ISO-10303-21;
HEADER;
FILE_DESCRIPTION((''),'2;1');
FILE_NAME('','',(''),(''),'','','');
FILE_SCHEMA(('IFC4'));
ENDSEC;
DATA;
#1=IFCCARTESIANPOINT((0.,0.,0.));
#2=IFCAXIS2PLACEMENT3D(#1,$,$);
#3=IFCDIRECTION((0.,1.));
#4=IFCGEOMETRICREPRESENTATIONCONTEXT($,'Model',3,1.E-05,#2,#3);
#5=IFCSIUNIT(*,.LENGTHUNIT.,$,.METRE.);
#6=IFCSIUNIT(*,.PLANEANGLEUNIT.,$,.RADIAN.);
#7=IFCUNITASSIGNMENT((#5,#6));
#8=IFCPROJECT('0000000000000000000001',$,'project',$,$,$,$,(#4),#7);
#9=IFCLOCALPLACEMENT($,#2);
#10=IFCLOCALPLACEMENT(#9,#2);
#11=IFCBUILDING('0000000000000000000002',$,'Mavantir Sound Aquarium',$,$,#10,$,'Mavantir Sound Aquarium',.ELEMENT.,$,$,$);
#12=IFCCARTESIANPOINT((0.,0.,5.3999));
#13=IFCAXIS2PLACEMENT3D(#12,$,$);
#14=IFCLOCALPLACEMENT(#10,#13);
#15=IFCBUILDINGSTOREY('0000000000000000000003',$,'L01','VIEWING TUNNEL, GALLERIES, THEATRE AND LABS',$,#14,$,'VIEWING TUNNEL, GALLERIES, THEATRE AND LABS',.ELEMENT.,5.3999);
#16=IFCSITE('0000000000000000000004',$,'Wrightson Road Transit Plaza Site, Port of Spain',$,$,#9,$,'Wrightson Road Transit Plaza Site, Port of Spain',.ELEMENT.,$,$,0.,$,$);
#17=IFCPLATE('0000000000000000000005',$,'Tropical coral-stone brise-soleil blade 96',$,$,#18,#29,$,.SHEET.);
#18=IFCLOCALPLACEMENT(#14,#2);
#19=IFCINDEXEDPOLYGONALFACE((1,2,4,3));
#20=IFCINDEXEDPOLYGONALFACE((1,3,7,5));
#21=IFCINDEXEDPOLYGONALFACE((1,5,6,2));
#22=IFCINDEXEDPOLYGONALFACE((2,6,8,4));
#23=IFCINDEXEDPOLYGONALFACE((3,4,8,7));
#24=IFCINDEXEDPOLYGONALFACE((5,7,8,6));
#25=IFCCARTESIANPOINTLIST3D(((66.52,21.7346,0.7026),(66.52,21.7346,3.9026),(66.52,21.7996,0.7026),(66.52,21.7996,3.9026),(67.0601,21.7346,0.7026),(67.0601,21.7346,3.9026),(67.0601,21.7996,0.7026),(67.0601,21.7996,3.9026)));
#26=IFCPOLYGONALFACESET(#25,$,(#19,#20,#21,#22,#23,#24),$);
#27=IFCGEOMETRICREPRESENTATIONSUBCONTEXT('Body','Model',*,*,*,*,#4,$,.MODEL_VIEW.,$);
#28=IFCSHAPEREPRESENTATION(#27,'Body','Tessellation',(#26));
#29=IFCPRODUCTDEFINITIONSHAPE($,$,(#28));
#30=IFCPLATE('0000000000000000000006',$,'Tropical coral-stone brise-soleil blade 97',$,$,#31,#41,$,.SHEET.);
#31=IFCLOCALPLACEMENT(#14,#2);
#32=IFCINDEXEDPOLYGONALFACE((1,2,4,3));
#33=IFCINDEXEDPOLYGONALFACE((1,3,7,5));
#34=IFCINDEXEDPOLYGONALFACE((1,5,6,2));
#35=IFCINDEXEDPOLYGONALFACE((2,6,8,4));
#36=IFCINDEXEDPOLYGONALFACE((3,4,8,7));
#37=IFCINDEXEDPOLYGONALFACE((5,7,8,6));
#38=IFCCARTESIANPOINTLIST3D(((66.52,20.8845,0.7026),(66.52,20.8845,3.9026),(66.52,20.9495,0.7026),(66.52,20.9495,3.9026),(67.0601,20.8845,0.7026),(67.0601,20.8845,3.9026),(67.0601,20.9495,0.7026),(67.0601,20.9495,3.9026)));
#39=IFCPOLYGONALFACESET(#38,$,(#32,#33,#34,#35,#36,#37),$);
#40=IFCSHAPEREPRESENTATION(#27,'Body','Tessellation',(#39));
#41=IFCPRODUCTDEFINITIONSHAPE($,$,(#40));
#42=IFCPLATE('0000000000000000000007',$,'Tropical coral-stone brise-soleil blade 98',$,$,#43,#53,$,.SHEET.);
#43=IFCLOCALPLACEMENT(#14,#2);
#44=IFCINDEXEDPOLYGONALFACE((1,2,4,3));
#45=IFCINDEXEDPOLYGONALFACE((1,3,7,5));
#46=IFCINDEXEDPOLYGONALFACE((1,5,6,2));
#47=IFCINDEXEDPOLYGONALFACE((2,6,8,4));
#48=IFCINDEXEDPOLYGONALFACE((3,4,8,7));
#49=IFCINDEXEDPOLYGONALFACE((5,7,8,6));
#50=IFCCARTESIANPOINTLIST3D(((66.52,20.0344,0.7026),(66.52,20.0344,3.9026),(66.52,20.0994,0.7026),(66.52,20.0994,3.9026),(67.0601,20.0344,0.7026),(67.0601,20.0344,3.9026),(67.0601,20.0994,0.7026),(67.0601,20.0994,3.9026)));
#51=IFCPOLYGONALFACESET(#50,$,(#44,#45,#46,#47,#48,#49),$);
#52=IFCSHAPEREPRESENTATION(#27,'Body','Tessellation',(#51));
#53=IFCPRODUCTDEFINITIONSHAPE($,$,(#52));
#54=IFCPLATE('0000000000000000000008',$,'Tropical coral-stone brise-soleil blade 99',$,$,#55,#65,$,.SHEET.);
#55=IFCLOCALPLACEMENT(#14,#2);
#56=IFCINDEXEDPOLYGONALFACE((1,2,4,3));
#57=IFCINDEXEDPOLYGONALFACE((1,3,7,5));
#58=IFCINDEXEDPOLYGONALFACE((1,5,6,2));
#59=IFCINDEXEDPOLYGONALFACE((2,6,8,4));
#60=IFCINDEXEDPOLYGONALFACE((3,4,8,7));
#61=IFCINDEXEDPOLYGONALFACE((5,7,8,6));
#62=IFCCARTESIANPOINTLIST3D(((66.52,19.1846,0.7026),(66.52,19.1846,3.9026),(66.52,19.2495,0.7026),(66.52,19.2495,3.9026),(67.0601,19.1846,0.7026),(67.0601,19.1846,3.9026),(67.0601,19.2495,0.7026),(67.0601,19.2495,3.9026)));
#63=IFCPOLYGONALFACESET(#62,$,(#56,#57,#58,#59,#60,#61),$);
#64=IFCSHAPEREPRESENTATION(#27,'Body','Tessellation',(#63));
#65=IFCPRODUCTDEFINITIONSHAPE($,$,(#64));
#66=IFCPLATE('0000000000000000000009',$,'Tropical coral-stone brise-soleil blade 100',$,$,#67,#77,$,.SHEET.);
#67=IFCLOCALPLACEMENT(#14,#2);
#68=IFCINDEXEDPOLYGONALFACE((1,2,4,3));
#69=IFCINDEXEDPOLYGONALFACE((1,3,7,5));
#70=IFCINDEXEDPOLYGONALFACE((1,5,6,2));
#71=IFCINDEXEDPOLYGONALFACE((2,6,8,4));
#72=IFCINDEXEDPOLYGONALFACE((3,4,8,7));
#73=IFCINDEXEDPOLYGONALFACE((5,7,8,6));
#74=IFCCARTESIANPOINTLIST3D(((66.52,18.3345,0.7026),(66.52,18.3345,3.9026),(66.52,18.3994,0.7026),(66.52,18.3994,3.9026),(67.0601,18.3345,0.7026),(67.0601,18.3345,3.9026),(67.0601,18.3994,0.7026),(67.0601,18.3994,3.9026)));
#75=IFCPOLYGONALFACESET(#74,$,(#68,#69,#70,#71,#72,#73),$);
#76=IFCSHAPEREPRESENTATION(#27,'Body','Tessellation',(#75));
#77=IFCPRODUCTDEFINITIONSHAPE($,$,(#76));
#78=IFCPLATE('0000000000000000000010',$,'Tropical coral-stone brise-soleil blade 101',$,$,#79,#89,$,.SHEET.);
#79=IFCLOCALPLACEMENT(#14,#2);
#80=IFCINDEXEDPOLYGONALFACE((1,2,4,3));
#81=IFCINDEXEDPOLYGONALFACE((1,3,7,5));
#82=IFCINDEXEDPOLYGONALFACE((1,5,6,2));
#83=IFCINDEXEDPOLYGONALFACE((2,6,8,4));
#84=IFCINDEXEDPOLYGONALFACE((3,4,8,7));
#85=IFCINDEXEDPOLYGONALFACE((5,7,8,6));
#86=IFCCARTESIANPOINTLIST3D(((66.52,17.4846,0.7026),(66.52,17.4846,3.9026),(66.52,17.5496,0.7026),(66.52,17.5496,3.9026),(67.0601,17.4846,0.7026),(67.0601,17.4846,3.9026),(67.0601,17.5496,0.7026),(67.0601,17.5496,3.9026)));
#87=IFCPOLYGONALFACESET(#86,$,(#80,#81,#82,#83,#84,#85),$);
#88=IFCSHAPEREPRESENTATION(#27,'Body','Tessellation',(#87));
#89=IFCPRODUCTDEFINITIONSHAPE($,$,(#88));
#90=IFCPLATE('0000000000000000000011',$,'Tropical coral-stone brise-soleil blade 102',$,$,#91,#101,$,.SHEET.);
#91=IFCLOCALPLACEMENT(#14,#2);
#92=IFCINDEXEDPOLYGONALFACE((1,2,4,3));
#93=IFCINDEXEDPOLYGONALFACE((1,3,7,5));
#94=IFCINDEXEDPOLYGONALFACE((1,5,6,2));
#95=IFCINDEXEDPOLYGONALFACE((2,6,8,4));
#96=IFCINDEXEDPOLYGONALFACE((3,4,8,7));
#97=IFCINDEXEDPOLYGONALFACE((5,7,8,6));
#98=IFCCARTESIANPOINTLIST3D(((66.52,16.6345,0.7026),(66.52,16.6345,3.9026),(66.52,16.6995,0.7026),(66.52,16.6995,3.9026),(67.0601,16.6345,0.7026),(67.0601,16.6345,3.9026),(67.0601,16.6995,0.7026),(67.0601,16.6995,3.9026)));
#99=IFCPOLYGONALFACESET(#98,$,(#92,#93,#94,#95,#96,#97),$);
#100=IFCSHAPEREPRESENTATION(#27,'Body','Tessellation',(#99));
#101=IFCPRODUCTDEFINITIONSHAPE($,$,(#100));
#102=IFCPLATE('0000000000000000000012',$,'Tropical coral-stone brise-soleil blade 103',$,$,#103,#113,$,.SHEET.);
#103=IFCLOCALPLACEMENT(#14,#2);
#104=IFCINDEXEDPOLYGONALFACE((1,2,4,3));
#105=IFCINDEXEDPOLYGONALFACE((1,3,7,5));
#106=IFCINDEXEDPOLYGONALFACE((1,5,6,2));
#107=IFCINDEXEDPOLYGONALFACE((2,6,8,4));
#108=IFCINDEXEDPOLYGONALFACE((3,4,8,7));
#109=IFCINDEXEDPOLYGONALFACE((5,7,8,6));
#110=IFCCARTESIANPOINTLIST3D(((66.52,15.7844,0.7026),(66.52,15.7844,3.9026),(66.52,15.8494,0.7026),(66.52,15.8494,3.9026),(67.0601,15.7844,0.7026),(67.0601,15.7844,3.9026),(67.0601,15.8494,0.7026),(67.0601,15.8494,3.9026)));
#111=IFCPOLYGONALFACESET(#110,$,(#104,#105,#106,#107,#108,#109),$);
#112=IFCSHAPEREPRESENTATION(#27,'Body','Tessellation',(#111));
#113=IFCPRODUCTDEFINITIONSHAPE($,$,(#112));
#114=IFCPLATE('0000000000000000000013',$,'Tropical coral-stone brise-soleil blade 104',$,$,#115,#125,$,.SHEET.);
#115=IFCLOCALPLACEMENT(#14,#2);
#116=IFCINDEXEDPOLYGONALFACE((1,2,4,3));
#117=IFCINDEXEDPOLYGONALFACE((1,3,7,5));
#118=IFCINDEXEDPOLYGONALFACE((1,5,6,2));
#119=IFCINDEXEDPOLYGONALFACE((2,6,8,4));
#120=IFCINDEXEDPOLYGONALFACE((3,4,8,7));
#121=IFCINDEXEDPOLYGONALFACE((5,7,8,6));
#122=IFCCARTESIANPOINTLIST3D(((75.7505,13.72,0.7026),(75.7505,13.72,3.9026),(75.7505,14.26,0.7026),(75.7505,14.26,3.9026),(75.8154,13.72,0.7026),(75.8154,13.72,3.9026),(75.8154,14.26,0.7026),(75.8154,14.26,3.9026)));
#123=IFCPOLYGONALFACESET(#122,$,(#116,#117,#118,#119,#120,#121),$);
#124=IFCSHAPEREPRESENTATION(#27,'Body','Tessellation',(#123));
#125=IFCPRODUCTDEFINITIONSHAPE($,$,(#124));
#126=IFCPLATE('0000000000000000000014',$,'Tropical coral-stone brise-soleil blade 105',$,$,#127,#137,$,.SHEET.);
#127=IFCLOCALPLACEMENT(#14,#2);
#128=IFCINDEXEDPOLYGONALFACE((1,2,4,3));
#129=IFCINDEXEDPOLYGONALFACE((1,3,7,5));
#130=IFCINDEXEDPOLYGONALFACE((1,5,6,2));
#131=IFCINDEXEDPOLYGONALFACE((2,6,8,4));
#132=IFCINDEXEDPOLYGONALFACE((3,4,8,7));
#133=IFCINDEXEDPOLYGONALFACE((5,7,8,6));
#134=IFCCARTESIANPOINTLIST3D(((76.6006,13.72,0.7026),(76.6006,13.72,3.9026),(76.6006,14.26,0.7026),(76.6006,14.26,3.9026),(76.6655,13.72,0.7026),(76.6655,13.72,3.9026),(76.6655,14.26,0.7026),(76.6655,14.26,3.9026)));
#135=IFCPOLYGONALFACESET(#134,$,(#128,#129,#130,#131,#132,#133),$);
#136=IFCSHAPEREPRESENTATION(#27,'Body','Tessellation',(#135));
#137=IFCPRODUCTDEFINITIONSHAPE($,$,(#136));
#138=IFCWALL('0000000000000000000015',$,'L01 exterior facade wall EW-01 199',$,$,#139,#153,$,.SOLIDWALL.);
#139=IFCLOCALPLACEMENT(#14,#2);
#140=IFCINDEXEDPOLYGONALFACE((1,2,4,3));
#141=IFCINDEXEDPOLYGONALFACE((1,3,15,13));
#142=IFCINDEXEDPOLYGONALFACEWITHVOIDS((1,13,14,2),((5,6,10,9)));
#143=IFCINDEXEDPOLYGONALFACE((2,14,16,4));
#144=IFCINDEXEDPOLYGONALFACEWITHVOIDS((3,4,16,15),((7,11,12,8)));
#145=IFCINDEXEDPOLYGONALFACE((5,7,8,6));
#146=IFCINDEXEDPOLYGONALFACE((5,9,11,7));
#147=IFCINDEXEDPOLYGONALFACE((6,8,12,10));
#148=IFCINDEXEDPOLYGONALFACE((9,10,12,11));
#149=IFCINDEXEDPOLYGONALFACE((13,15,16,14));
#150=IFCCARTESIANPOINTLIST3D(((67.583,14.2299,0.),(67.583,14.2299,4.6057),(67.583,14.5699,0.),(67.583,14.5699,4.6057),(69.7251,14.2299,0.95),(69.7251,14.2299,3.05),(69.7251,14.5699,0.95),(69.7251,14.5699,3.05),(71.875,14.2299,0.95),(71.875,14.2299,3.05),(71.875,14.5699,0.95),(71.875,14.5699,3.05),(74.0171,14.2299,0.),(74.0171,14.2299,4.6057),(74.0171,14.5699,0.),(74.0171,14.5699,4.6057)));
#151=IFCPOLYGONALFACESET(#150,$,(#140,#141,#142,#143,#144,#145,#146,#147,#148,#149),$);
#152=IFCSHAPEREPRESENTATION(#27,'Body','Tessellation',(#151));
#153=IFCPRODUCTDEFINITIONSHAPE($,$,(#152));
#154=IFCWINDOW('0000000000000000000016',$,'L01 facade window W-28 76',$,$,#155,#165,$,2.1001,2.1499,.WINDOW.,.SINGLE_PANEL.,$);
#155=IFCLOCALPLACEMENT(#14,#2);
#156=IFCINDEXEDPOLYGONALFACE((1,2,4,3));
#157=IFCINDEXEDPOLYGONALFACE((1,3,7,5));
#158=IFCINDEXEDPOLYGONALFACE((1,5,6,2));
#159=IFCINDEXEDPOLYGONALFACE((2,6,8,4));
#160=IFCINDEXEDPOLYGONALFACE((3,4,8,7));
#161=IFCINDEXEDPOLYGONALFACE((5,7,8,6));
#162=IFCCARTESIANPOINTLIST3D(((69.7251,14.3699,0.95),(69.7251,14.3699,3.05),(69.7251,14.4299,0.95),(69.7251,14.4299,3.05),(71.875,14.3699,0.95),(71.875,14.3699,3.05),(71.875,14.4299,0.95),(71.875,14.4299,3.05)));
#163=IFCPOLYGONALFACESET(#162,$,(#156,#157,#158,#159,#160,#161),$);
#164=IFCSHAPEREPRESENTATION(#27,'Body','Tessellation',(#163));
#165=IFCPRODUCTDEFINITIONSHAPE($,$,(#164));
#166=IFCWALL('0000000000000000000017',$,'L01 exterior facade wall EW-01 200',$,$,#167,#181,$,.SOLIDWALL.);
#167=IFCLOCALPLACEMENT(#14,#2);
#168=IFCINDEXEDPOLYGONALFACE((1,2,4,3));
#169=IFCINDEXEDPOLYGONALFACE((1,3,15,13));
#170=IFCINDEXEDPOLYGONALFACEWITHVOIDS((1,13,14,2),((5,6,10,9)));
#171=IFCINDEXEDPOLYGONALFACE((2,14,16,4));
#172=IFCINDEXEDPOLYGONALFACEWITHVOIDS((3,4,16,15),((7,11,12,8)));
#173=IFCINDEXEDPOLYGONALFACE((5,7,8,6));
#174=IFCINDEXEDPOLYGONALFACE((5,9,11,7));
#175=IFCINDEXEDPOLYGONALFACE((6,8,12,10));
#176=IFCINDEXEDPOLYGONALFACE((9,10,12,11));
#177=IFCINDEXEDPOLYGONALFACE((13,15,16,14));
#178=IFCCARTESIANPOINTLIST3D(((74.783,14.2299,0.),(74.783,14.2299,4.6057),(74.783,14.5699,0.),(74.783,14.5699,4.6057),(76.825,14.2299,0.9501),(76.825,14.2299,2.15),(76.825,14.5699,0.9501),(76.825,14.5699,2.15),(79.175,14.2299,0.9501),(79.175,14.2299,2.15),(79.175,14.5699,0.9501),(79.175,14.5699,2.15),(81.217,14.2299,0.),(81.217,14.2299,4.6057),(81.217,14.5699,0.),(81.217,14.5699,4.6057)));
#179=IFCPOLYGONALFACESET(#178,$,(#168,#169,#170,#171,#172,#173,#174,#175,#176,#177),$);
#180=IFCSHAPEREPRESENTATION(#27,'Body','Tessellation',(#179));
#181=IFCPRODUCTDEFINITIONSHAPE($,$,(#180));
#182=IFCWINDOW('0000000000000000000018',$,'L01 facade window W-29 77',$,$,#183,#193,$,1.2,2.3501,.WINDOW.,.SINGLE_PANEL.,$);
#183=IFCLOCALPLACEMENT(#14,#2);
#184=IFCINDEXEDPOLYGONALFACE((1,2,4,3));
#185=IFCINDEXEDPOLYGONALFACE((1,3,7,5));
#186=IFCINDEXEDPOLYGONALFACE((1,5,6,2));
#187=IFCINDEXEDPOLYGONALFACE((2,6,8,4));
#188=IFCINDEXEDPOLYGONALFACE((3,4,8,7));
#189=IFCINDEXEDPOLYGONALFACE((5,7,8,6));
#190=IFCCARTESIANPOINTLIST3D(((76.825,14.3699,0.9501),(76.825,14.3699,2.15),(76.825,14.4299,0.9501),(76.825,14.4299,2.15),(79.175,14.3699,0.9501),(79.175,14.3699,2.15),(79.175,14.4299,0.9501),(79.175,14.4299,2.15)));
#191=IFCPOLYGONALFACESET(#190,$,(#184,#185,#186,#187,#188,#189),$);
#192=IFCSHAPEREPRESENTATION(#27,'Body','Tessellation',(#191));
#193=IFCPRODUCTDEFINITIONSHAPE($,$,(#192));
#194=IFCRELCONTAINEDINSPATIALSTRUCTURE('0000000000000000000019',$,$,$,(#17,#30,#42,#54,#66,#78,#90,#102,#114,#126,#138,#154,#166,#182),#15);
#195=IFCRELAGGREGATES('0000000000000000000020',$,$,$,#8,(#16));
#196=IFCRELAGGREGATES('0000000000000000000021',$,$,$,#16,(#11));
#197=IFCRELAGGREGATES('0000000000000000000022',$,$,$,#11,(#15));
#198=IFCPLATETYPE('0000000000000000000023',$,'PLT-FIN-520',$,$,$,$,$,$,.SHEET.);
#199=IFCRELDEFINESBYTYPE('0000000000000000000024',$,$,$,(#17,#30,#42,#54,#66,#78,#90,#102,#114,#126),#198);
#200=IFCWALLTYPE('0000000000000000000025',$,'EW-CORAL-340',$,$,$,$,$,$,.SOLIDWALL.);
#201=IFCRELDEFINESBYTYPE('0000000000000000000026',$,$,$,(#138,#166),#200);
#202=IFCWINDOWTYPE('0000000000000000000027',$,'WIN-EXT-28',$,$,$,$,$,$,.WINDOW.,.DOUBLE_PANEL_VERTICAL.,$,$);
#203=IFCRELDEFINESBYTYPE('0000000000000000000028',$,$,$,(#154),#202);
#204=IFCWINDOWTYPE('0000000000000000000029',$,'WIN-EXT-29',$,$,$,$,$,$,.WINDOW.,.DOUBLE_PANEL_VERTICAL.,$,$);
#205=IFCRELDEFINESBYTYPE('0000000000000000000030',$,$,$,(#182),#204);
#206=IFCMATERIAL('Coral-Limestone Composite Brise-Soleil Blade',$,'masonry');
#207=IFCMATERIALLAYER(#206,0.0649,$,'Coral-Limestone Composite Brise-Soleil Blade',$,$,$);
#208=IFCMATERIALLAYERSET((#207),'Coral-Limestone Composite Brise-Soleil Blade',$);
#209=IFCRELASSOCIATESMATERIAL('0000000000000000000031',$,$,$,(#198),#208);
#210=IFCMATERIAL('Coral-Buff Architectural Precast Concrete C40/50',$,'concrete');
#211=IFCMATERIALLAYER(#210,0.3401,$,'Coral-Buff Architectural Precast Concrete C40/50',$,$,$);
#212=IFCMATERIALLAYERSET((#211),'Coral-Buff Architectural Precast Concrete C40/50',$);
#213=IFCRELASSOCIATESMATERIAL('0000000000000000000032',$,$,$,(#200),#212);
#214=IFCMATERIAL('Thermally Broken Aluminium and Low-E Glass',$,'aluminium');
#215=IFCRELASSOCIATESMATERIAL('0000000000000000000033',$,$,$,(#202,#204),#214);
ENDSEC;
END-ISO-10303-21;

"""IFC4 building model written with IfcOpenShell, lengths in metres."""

from ifc_helpers import new_model, si_unit, direction, frame, frame_2d, origin, origin_2d, place, context, subcontext, project, spatial, rectangle, extrude, material, layer, layer_set, type_object, element, fill, save


model = new_model("IFC4")

# Units and contexts
model_context = context("Model", 3, precision=1e-05, world=origin(), true_north=direction((0.0, 1.0)))
body_context = subcontext(model_context, "Body", "Model", "MODEL_VIEW")
ifc_project = project(units=[si_unit("LENGTHUNIT", "METRE"), si_unit("PLANEANGLEUNIT", "RADIAN")], contexts=[model_context])

# Site, building, storey
site_placement = place(None, origin())
site = spatial("IfcSite", under=ifc_project, at=site_placement, Name="Wrightson Road Transit Plaza Site, Port of Spain", LongName="Wrightson Road Transit Plaza Site, Port of Spain", CompositionType="ELEMENT", RefElevation=0.0)
building_placement = place(site_placement, origin())
building = spatial("IfcBuilding", under=site, at=building_placement, Name="Mavantir Sound Aquarium", LongName="Mavantir Sound Aquarium", CompositionType="ELEMENT")
storey_placement = place(building_placement, frame((0.0, 0.0, 5.3999)))
storey = spatial("IfcBuildingStorey", under=building, at=storey_placement, Name="L01", Description="VIEWING TUNNEL, GALLERIES, THEATRE AND LABS", LongName="VIEWING TUNNEL, GALLERIES, THEATRE AND LABS", CompositionType="ELEMENT", Elevation=5.3999)

# Plates
ifc_material_1 = material(Name="Coral-Limestone Composite Brise-Soleil Blade", Category="masonry")
ifc_layer_1 = layer(ifc_material_1, 0.0649, Name="Coral-Limestone Composite Brise-Soleil Blade")
ifc_layer_set_1 = layer_set([ifc_layer_1], Name="Coral-Limestone Composite Brise-Soleil Blade")
plate_type_1 = type_object("IfcPlateType", Name="PLT-FIN-520", PredefinedType="SHEET", material=ifc_layer_set_1)
for number, where, z_axis, x_axis, name in (
    (1, (66.79, 21.7671, 0.7026), (0.0, 0.0, 1.0), (0.0, 1.0, 0.0), "Tropical coral-stone brise-soleil blade 96"),
    (2, (66.79, 20.917, 0.7026), (0.0, 0.0, 1.0), (0.0, 1.0, 0.0), "Tropical coral-stone brise-soleil blade 97"),
    (3, (66.79, 20.0669, 0.7026), (0.0, 0.0, 1.0), (0.0, 1.0, 0.0), "Tropical coral-stone brise-soleil blade 98"),
    (4, (66.79, 19.217, 0.7026), (0.0, 0.0, 1.0), (0.0, 1.0, 0.0), "Tropical coral-stone brise-soleil blade 99"),
    (5, (66.79, 18.3669, 0.7026), (0.0, 0.0, 1.0), (0.0, 1.0, 0.0), "Tropical coral-stone brise-soleil blade 100"),
    (6, (66.79, 17.5171, 0.7026), (0.0, 0.0, 1.0), (0.0, 1.0, 0.0), "Tropical coral-stone brise-soleil blade 101"),
    (7, (66.79, 16.667, 0.7026), (0.0, 0.0, 1.0), (0.0, 1.0, 0.0), "Tropical coral-stone brise-soleil blade 102"),
    (8, (66.79, 15.8169, 0.7026), (0.0, 0.0, 1.0), (0.0, 1.0, 0.0), "Tropical coral-stone brise-soleil blade 103"),
    (9, (75.783, 13.99, 0.7026), (0.0, 0.0, 1.0), (-1.0, 0.0, 0.0), "Tropical coral-stone brise-soleil blade 104"),
    (10, (76.6331, 13.99, 0.7026), (0.0, 0.0, 1.0), (-1.0, 0.0, 0.0), "Tropical coral-stone brise-soleil blade 105"),
):
    element("IfcPlate", number, at=place(storey_placement, frame(where, z_axis=z_axis, x_axis=x_axis)), inside=storey, type_object=plate_type_1, Name=name, PredefinedType="SHEET", context=body_context, shape_type="SweptSolid", body=[
        extrude(rectangle(XDim=0.0649, YDim=0.54, at=origin_2d()), origin(), (0.0, 0.0, 1.0), 3.2),
    ])

# Walls, openings, windows
ifc_material_2 = material(Name="Coral-Buff Architectural Precast Concrete C40/50", Category="concrete")
ifc_layer_2 = layer(ifc_material_2, 0.3401, Name="Coral-Buff Architectural Precast Concrete C40/50")
ifc_layer_set_2 = layer_set([ifc_layer_2], Name="Coral-Buff Architectural Precast Concrete C40/50")
wall_type_1 = type_object("IfcWallType", Name="EW-CORAL-340", PredefinedType="SOLIDWALL", material=ifc_layer_set_2)
wall_1_placement = place(storey_placement, frame((67.583, 14.3999, 0.0), z_axis=(0.0, 0.0, 1.0), x_axis=(1.0, 0.0, 0.0)))
wall_1 = element("IfcWall", 11, at=wall_1_placement, inside=storey, type_object=wall_type_1, Name="L01 exterior facade wall EW-01 199", PredefinedType="SOLIDWALL", context=body_context, shape_type="SweptSolid", body=[
    extrude(rectangle(XDim=6.4341, YDim=0.3401, at=frame_2d((3.217, 0.0))), origin(), (0.0, 0.0, 1.0), 4.6057),
])
opening_1_placement = place(wall_1_placement, frame((2.1421, 0.0, 0.95)))
opening_1 = element("IfcOpeningElement", 12, at=opening_1_placement, cuts=wall_1, PredefinedType="OPENING", context=body_context, shape_type="SweptSolid", body=[
    extrude(rectangle(XDim=2.1499, YDim=2.1001, at=frame_2d((1.075, 1.05))), frame((0.0, 0.1802, 0.0), z_axis=(0.0, -1.0, 0.0), x_axis=(1.0, 0.0, 0.0)), (0.0, 0.0, 1.0), 0.3601),
])
ifc_material_3 = material(Name="Thermally Broken Aluminium and Low-E Glass", Category="aluminium")
window_type_1 = type_object("IfcWindowType", Name="WIN-EXT-28", PartitioningType="DOUBLE_PANEL_VERTICAL", PredefinedType="WINDOW", material=ifc_material_3)
window_1_placement = place(opening_1_placement, origin())
window_1 = element("IfcWindow", 13, at=window_1_placement, inside=storey, type_object=window_type_1, Name="L01 facade window W-28 76", OverallHeight=2.1001, OverallWidth=2.1499, PartitioningType="SINGLE_PANEL", PredefinedType="WINDOW", context=body_context, shape_type="SweptSolid", body=[
    extrude(rectangle(XDim=2.1499, YDim=2.1001, at=frame_2d((1.075, 1.05))), frame((0.0, 0.03, 0.0), z_axis=(0.0, -1.0, 0.0), x_axis=(1.0, 0.0, 0.0)), (0.0, 0.0, 1.0), 0.0601),
])
fill(opening_1, window_1)
wall_2_placement = place(storey_placement, frame((74.783, 14.3999, 0.0), z_axis=(0.0, 0.0, 1.0), x_axis=(1.0, 0.0, 0.0)))
wall_2 = element("IfcWall", 14, at=wall_2_placement, inside=storey, type_object=wall_type_1, Name="L01 exterior facade wall EW-01 200", PredefinedType="SOLIDWALL", context=body_context, shape_type="SweptSolid", body=[
    extrude(rectangle(XDim=6.4341, YDim=0.3401, at=frame_2d((3.217, 0.0))), origin(), (0.0, 0.0, 1.0), 4.6057),
])
opening_2_placement = place(wall_2_placement, frame((2.042, 0.0, 0.95)))
opening_2 = element("IfcOpeningElement", 15, at=opening_2_placement, cuts=wall_2, PredefinedType="OPENING", context=body_context, shape_type="SweptSolid", body=[
    extrude(rectangle(XDim=2.3501, YDim=1.2, at=frame_2d((1.175, 0.6001))), frame((0.0, 0.1802, 0.0), z_axis=(0.0, -1.0, 0.0), x_axis=(1.0, 0.0, 0.0)), (0.0, 0.0, 1.0), 0.3601),
])
window_type_2 = type_object("IfcWindowType", Name="WIN-EXT-29", PartitioningType="DOUBLE_PANEL_VERTICAL", PredefinedType="WINDOW", material=ifc_material_3)
window_2_placement = place(opening_2_placement, origin())
window_2 = element("IfcWindow", 16, at=window_2_placement, inside=storey, type_object=window_type_2, Name="L01 facade window W-29 77", OverallHeight=1.2, OverallWidth=2.3501, PartitioningType="SINGLE_PANEL", PredefinedType="WINDOW", context=body_context, shape_type="SweptSolid", body=[
    extrude(rectangle(XDim=2.3501, YDim=1.2, at=frame_2d((1.175, 0.6001))), frame((0.0, 0.03, 0.0), z_axis=(0.0, -1.0, 0.0), x_axis=(1.0, 0.0, 0.0)), (0.0, 0.0, 1.0), 0.0601),
])
fill(opening_2, window_2)

save(model, "model.ifc")
